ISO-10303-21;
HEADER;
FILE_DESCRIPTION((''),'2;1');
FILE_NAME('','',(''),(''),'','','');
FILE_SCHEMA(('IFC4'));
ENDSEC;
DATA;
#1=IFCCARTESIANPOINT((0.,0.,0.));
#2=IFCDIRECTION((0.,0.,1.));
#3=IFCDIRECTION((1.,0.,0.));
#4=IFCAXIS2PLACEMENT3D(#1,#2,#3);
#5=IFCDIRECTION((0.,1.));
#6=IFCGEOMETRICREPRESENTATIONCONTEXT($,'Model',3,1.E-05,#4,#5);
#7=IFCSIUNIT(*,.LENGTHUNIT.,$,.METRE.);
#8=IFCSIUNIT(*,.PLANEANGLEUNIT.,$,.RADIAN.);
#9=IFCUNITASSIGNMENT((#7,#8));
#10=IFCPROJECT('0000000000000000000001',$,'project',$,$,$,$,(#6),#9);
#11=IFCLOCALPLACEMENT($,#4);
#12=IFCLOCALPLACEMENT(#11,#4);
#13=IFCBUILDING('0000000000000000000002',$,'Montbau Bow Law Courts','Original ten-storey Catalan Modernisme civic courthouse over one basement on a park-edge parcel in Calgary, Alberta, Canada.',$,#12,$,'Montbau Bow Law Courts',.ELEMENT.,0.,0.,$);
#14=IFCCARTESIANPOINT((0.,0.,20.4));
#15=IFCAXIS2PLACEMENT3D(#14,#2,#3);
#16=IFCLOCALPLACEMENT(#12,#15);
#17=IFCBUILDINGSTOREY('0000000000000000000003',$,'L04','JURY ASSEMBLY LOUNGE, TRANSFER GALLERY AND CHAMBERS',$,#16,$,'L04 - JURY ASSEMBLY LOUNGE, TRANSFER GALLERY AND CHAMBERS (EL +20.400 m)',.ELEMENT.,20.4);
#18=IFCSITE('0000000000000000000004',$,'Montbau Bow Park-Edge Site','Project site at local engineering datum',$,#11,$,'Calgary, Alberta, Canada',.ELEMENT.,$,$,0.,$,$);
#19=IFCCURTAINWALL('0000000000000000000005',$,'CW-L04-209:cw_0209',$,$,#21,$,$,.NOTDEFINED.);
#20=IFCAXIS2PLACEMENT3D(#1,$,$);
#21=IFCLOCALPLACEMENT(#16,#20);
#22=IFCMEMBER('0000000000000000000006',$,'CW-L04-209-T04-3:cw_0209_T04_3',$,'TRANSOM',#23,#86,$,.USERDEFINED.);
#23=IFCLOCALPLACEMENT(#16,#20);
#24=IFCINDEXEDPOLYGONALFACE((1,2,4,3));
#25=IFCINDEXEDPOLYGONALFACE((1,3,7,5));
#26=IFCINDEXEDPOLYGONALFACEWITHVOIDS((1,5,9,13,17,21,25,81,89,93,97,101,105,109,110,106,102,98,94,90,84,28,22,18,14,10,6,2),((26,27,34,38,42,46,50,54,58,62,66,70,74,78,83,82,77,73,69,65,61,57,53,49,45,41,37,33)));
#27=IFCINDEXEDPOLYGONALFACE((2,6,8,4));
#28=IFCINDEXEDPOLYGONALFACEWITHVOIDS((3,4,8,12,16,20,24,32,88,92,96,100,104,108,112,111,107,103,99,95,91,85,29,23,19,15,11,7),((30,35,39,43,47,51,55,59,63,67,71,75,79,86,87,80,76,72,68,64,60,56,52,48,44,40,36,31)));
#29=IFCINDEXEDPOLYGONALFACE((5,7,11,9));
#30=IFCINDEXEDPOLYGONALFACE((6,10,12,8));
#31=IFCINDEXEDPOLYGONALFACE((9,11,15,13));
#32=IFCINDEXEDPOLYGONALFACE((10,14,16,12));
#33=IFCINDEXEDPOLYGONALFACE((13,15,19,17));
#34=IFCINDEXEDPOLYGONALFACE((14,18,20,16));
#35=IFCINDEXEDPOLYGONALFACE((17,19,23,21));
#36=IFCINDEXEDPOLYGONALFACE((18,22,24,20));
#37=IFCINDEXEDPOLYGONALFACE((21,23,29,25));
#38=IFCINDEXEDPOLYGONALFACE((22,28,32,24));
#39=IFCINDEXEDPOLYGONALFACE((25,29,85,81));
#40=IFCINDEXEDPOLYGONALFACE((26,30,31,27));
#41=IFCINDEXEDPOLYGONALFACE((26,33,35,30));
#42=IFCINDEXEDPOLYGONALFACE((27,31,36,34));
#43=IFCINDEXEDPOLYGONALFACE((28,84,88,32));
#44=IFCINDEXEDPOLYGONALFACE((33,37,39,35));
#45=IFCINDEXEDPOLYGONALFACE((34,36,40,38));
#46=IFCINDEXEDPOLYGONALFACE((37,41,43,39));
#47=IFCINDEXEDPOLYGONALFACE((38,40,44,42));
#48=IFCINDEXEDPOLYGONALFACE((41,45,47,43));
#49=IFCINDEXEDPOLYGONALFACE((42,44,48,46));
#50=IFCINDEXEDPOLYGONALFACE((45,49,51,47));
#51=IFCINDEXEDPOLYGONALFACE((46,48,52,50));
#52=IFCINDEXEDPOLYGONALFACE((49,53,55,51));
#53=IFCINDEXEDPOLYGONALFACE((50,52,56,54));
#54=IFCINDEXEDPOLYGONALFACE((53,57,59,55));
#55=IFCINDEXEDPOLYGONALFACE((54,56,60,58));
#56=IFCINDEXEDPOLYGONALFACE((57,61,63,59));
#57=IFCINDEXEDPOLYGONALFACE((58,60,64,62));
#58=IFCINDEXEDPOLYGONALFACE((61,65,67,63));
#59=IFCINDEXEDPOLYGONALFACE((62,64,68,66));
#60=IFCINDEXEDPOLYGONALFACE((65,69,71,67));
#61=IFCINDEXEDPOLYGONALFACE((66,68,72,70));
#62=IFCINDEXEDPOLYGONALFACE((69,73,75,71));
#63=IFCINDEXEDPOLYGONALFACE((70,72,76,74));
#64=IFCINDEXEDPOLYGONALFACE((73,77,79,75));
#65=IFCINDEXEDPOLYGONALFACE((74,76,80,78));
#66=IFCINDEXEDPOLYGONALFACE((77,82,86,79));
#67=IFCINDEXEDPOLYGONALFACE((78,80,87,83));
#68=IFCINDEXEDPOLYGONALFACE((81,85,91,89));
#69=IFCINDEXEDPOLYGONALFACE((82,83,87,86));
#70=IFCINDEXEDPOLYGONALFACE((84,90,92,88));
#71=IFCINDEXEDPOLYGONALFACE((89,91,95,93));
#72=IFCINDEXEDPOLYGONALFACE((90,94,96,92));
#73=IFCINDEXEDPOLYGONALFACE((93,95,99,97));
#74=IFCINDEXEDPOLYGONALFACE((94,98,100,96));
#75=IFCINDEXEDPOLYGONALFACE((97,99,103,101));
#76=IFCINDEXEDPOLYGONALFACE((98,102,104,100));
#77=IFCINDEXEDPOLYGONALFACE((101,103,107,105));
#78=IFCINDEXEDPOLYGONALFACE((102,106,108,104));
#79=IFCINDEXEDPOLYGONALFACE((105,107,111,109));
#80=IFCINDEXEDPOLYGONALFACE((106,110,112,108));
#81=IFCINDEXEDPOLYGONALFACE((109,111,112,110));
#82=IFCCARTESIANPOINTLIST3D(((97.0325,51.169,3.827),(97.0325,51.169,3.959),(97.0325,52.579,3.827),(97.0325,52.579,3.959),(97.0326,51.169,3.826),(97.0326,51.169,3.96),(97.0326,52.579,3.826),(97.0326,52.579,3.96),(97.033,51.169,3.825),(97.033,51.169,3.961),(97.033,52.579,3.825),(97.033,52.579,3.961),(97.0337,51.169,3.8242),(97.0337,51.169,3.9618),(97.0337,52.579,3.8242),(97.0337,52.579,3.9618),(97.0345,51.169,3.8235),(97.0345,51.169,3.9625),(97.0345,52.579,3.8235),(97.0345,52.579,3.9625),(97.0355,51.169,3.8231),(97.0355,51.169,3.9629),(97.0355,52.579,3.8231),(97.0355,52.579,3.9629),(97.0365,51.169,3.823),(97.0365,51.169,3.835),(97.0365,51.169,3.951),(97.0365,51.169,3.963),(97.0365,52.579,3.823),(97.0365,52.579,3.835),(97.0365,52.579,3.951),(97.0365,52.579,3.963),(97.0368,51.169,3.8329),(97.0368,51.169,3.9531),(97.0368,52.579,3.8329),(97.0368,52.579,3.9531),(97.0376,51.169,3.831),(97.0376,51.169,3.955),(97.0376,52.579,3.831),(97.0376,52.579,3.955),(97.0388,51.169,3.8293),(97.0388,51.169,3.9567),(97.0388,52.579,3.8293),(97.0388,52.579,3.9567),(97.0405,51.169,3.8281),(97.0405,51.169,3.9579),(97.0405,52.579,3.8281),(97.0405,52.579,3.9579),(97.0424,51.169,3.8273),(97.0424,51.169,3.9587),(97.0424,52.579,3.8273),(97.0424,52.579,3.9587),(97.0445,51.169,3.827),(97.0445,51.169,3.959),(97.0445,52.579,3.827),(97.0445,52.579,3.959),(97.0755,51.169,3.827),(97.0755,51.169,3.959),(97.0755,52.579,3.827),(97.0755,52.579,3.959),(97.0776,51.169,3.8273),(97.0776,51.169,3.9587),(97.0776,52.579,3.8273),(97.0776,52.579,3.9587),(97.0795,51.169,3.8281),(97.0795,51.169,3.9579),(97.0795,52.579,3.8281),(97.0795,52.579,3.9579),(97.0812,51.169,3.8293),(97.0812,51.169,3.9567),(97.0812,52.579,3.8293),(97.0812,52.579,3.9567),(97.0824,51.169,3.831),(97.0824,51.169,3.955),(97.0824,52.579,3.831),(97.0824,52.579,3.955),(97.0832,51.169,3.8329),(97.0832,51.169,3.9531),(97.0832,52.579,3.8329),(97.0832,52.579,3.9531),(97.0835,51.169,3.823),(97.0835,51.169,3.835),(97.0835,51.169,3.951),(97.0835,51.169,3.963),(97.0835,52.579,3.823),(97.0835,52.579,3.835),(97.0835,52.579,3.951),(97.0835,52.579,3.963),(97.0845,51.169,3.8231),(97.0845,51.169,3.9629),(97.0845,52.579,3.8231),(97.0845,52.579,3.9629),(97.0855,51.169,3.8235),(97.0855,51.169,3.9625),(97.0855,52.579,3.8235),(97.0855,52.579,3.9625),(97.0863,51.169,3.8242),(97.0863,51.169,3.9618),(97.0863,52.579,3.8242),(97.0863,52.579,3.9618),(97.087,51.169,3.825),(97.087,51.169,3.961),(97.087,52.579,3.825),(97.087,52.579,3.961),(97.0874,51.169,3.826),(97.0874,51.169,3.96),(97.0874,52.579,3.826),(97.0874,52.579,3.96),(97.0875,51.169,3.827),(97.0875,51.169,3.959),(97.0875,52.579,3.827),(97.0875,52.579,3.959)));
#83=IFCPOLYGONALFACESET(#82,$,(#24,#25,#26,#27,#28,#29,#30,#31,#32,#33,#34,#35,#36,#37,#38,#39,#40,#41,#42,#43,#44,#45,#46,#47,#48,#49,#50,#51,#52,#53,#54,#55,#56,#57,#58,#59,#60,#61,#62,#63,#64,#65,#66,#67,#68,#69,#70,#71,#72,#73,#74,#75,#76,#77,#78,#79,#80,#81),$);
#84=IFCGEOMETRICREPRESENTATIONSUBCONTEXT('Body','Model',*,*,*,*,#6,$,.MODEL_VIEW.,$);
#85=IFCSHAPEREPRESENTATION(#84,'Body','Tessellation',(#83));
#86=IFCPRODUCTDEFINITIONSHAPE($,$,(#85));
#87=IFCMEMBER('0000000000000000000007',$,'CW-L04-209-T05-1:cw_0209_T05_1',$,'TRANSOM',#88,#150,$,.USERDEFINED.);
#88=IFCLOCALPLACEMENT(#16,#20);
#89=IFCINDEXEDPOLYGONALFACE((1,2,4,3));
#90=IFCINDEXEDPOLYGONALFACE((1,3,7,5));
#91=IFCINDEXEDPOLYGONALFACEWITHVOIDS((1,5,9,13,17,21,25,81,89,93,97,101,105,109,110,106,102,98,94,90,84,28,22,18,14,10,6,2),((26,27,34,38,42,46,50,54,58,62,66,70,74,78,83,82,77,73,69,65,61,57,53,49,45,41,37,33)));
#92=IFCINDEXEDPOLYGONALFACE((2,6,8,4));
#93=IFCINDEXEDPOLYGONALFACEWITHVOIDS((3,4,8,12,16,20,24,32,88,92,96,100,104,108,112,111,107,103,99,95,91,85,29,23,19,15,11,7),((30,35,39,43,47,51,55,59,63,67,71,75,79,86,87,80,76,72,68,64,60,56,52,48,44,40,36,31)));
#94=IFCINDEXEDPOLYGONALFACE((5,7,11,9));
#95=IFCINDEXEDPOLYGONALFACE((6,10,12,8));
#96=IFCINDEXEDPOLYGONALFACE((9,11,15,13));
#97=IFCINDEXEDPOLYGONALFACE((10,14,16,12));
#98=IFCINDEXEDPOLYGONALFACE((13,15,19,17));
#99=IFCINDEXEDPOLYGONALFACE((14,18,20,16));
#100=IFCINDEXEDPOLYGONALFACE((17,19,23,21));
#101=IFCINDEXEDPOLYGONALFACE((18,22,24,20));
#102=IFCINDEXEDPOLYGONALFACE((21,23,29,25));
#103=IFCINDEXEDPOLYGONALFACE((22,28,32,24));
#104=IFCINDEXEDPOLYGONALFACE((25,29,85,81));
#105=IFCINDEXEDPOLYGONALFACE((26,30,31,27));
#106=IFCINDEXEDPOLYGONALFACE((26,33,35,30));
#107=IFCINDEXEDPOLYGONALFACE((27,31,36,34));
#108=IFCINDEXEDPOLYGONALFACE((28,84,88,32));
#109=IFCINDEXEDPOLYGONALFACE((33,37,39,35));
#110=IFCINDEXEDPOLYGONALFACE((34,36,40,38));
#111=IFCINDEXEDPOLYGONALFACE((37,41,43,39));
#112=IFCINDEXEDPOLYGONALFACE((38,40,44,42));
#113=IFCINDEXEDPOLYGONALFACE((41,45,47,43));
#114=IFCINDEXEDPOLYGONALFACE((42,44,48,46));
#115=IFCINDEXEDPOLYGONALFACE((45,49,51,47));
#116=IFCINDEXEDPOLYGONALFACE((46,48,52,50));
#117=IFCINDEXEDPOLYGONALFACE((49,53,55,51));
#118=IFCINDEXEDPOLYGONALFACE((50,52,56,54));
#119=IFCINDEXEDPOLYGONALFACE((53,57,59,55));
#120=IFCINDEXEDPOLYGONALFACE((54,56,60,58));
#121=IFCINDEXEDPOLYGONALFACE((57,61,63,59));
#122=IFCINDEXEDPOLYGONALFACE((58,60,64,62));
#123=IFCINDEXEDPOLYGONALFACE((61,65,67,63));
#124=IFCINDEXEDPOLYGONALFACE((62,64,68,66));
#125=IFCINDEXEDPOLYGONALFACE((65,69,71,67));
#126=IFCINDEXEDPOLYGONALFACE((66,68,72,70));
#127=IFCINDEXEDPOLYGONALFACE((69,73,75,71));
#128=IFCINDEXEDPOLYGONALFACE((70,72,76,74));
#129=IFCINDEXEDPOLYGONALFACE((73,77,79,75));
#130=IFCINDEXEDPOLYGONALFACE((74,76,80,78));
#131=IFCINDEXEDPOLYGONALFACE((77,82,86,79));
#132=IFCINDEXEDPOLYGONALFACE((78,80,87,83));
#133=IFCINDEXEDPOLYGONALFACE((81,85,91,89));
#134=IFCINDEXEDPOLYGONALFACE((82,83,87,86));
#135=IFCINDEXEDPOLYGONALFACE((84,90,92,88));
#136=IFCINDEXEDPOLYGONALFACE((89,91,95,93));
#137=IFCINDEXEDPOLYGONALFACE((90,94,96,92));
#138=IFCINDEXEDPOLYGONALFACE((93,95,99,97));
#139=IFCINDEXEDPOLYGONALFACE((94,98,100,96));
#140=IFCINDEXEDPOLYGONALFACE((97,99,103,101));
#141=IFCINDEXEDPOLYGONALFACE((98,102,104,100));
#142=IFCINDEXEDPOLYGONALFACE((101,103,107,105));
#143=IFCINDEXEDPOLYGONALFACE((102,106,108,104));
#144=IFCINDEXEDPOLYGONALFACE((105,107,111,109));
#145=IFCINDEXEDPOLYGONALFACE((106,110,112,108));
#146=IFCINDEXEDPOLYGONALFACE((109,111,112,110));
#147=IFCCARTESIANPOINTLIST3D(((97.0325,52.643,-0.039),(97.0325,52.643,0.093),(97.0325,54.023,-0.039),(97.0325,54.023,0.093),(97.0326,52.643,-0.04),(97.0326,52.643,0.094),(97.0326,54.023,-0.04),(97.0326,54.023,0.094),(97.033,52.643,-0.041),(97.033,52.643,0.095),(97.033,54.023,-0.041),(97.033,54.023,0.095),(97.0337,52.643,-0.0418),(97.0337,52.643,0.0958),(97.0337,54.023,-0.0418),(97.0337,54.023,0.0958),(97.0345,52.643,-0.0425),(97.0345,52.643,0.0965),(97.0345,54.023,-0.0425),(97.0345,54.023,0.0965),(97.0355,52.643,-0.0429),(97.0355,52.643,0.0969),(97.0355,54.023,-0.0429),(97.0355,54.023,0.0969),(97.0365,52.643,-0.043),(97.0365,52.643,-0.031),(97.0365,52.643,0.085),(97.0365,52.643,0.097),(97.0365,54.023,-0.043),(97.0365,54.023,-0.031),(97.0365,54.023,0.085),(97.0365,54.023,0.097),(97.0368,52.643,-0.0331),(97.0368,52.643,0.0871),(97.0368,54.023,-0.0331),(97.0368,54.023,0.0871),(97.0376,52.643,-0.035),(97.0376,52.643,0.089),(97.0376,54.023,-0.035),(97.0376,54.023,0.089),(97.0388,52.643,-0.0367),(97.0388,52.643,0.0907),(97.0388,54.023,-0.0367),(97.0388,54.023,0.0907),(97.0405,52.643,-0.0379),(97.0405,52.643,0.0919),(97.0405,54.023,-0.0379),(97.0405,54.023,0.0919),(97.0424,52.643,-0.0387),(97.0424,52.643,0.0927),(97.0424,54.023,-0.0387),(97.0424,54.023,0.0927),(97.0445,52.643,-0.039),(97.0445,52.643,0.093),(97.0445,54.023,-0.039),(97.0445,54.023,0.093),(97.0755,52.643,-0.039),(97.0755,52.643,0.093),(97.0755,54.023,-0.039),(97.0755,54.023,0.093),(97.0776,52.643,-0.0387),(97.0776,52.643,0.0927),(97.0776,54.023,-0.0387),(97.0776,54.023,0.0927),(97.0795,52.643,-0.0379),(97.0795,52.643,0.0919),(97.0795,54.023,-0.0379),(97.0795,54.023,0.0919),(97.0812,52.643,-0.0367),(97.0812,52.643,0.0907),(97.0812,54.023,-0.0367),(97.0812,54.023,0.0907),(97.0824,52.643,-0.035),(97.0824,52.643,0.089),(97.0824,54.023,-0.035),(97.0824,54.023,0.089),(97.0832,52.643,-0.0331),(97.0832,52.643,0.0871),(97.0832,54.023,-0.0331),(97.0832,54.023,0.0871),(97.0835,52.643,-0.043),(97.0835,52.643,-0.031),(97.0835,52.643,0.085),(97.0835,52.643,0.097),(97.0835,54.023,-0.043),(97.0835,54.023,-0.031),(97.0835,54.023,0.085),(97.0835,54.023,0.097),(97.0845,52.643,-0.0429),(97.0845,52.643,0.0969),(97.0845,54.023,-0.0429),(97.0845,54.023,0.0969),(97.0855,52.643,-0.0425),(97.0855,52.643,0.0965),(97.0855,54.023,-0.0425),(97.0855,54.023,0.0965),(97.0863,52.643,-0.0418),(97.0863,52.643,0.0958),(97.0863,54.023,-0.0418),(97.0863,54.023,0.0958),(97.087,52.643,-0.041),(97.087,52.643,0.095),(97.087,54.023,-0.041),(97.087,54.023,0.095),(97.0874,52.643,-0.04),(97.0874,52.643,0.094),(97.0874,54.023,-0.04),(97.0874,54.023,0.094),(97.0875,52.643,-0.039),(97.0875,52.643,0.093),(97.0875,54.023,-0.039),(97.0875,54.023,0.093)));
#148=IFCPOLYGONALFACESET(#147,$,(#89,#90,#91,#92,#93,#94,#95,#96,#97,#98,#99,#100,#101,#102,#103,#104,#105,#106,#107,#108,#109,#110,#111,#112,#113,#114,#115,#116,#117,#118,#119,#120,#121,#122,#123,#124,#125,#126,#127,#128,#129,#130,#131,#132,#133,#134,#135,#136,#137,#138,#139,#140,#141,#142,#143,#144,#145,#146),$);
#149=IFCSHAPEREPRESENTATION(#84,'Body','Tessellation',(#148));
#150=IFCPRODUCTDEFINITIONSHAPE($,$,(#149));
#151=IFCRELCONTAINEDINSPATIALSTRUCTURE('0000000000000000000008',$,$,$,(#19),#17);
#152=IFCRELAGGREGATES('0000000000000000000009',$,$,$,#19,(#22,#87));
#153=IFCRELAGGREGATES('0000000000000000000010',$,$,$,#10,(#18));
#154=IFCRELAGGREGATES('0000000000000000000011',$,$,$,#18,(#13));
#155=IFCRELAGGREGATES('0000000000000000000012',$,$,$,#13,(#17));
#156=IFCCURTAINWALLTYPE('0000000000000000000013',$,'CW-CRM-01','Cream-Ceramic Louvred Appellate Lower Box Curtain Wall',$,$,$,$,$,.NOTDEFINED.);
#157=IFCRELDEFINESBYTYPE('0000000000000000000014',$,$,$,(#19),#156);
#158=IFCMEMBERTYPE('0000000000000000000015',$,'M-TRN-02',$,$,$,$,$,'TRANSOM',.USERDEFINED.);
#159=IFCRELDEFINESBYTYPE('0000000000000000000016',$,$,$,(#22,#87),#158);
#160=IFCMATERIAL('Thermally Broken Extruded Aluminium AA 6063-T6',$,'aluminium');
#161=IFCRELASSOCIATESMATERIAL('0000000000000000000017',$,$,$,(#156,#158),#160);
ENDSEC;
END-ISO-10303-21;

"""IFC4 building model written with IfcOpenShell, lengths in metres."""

from ifc_helpers import new_model, si_unit, direction, frame, origin_with_axes, origin_2d_with_axis, place, context, subcontext, project, spatial, hollow_rectangle, extrude, material, material_profile, profile_set, type_object, element, aggregate, save


model = new_model("IFC4")

# Units and contexts
model_context = context("Model", 3, precision=1e-05, world=origin_with_axes(), true_north=direction((0.0, 1.0)))
body_context = subcontext(model_context, "Body", "Model", "MODEL_VIEW")
ifc_project = project(units=[si_unit("LENGTHUNIT", "METRE"), si_unit("PLANEANGLEUNIT", "RADIAN")], contexts=[model_context])

# Site, building, storey
site_placement = place(None, origin_with_axes())
site = spatial("IfcSite", under=ifc_project, at=site_placement, Name="Montbau Bow Park-Edge Site", Description="Project site at local engineering datum", LongName="Calgary, Alberta, Canada", CompositionType="ELEMENT", RefElevation=0.0)
building_placement = place(site_placement, origin_with_axes())
building = spatial("IfcBuilding", under=site, at=building_placement, Name="Montbau Bow Law Courts", Description="Original ten-storey Catalan Modernisme civic courthouse over one basement on a park-edge parcel in Calgary, Alberta, Canada.", LongName="Montbau Bow Law Courts", CompositionType="ELEMENT", ElevationOfRefHeight=0.0, ElevationOfTerrain=0.0)
storey_placement = place(building_placement, frame((0.0, 0.0, 20.4), z_axis=(0.0, 0.0, 1.0), x_axis=(1.0, 0.0, 0.0)))
storey = spatial("IfcBuildingStorey", under=building, at=storey_placement, Name="L04", Description="JURY ASSEMBLY LOUNGE, TRANSFER GALLERY AND CHAMBERS", LongName="L04 - JURY ASSEMBLY LOUNGE, TRANSFER GALLERY AND CHAMBERS (EL +20.400 m)", CompositionType="ELEMENT", Elevation=20.4)

# Curtain wall
ifc_material_1 = material(Name="Thermally Broken Extruded Aluminium AA 6063-T6", Category="aluminium")
curtain_wall_type = type_object("IfcCurtainWallType", Name="CW-CRM-01", Description="Cream-Ceramic Louvred Appellate Lower Box Curtain Wall", PredefinedType="NOTDEFINED", material=ifc_material_1)
curtain_wall_1_placement = place(None, frame((97.06, 46.715, 20.4), z_axis=(0.0, 0.0, 1.0), x_axis=(1.0, 0.0, 0.0)))
curtain_wall_1 = element("IfcCurtainWall", 1, at=curtain_wall_1_placement, inside=storey, type_object=curtain_wall_type, Name="CW-L04-209:cw_0209", PredefinedType="NOTDEFINED")

# Members
ifc_material_profile_1 = material_profile(ifc_material_1, hollow_rectangle(XDim=0.055, YDim=0.14, WallThickness=0.004, InnerFilletRadius=0.008, OuterFilletRadius=0.004, at=origin_2d_with_axis()), Name="CWT-140X55", Category="Main", Priority=0)
ifc_profile_set_1 = profile_set([ifc_material_profile_1], Name="Thermally Broken Extruded Aluminium AA 6063-T6")
member_type_1 = type_object("IfcMemberType", Name="M-TRN-02", ElementType="TRANSOM", PredefinedType="USERDEFINED", material=ifc_profile_set_1)
member_1_placement = place(None, frame((97.06, 51.169, 24.293), z_axis=(0.0, 1.0, 0.0), x_axis=(-1.0, 0.0, 0.0)))
member_1 = element("IfcMember", 2, at=member_1_placement, type_object=member_type_1, Name="CW-L04-209-T04-3:cw_0209_T04_3", ObjectType="TRANSOM", PredefinedType="USERDEFINED", context=body_context, shape_type="SweptSolid", body=[
    extrude(hollow_rectangle(XDim=0.055, YDim=0.14, WallThickness=0.004, InnerFilletRadius=0.008, OuterFilletRadius=0.004, at=origin_2d_with_axis()), origin_with_axes(), (0.0, 0.0, 1.0), 1.41),
])
member_2_placement = place(None, frame((97.06, 52.643, 20.427), z_axis=(0.0, 1.0, 0.0), x_axis=(-1.0, 0.0, 0.0)))
member_2 = element("IfcMember", 3, at=member_2_placement, type_object=member_type_1, Name="CW-L04-209-T05-1:cw_0209_T05_1", ObjectType="TRANSOM", PredefinedType="USERDEFINED", context=body_context, shape_type="SweptSolid", body=[
    extrude(hollow_rectangle(XDim=0.055, YDim=0.14, WallThickness=0.004, InnerFilletRadius=0.008, OuterFilletRadius=0.004, at=origin_2d_with_axis()), origin_with_axes(), (0.0, 0.0, 1.0), 1.38),
])

aggregate(curtain_wall_1, [member_1, member_2])

save(model, "model.ifc")
